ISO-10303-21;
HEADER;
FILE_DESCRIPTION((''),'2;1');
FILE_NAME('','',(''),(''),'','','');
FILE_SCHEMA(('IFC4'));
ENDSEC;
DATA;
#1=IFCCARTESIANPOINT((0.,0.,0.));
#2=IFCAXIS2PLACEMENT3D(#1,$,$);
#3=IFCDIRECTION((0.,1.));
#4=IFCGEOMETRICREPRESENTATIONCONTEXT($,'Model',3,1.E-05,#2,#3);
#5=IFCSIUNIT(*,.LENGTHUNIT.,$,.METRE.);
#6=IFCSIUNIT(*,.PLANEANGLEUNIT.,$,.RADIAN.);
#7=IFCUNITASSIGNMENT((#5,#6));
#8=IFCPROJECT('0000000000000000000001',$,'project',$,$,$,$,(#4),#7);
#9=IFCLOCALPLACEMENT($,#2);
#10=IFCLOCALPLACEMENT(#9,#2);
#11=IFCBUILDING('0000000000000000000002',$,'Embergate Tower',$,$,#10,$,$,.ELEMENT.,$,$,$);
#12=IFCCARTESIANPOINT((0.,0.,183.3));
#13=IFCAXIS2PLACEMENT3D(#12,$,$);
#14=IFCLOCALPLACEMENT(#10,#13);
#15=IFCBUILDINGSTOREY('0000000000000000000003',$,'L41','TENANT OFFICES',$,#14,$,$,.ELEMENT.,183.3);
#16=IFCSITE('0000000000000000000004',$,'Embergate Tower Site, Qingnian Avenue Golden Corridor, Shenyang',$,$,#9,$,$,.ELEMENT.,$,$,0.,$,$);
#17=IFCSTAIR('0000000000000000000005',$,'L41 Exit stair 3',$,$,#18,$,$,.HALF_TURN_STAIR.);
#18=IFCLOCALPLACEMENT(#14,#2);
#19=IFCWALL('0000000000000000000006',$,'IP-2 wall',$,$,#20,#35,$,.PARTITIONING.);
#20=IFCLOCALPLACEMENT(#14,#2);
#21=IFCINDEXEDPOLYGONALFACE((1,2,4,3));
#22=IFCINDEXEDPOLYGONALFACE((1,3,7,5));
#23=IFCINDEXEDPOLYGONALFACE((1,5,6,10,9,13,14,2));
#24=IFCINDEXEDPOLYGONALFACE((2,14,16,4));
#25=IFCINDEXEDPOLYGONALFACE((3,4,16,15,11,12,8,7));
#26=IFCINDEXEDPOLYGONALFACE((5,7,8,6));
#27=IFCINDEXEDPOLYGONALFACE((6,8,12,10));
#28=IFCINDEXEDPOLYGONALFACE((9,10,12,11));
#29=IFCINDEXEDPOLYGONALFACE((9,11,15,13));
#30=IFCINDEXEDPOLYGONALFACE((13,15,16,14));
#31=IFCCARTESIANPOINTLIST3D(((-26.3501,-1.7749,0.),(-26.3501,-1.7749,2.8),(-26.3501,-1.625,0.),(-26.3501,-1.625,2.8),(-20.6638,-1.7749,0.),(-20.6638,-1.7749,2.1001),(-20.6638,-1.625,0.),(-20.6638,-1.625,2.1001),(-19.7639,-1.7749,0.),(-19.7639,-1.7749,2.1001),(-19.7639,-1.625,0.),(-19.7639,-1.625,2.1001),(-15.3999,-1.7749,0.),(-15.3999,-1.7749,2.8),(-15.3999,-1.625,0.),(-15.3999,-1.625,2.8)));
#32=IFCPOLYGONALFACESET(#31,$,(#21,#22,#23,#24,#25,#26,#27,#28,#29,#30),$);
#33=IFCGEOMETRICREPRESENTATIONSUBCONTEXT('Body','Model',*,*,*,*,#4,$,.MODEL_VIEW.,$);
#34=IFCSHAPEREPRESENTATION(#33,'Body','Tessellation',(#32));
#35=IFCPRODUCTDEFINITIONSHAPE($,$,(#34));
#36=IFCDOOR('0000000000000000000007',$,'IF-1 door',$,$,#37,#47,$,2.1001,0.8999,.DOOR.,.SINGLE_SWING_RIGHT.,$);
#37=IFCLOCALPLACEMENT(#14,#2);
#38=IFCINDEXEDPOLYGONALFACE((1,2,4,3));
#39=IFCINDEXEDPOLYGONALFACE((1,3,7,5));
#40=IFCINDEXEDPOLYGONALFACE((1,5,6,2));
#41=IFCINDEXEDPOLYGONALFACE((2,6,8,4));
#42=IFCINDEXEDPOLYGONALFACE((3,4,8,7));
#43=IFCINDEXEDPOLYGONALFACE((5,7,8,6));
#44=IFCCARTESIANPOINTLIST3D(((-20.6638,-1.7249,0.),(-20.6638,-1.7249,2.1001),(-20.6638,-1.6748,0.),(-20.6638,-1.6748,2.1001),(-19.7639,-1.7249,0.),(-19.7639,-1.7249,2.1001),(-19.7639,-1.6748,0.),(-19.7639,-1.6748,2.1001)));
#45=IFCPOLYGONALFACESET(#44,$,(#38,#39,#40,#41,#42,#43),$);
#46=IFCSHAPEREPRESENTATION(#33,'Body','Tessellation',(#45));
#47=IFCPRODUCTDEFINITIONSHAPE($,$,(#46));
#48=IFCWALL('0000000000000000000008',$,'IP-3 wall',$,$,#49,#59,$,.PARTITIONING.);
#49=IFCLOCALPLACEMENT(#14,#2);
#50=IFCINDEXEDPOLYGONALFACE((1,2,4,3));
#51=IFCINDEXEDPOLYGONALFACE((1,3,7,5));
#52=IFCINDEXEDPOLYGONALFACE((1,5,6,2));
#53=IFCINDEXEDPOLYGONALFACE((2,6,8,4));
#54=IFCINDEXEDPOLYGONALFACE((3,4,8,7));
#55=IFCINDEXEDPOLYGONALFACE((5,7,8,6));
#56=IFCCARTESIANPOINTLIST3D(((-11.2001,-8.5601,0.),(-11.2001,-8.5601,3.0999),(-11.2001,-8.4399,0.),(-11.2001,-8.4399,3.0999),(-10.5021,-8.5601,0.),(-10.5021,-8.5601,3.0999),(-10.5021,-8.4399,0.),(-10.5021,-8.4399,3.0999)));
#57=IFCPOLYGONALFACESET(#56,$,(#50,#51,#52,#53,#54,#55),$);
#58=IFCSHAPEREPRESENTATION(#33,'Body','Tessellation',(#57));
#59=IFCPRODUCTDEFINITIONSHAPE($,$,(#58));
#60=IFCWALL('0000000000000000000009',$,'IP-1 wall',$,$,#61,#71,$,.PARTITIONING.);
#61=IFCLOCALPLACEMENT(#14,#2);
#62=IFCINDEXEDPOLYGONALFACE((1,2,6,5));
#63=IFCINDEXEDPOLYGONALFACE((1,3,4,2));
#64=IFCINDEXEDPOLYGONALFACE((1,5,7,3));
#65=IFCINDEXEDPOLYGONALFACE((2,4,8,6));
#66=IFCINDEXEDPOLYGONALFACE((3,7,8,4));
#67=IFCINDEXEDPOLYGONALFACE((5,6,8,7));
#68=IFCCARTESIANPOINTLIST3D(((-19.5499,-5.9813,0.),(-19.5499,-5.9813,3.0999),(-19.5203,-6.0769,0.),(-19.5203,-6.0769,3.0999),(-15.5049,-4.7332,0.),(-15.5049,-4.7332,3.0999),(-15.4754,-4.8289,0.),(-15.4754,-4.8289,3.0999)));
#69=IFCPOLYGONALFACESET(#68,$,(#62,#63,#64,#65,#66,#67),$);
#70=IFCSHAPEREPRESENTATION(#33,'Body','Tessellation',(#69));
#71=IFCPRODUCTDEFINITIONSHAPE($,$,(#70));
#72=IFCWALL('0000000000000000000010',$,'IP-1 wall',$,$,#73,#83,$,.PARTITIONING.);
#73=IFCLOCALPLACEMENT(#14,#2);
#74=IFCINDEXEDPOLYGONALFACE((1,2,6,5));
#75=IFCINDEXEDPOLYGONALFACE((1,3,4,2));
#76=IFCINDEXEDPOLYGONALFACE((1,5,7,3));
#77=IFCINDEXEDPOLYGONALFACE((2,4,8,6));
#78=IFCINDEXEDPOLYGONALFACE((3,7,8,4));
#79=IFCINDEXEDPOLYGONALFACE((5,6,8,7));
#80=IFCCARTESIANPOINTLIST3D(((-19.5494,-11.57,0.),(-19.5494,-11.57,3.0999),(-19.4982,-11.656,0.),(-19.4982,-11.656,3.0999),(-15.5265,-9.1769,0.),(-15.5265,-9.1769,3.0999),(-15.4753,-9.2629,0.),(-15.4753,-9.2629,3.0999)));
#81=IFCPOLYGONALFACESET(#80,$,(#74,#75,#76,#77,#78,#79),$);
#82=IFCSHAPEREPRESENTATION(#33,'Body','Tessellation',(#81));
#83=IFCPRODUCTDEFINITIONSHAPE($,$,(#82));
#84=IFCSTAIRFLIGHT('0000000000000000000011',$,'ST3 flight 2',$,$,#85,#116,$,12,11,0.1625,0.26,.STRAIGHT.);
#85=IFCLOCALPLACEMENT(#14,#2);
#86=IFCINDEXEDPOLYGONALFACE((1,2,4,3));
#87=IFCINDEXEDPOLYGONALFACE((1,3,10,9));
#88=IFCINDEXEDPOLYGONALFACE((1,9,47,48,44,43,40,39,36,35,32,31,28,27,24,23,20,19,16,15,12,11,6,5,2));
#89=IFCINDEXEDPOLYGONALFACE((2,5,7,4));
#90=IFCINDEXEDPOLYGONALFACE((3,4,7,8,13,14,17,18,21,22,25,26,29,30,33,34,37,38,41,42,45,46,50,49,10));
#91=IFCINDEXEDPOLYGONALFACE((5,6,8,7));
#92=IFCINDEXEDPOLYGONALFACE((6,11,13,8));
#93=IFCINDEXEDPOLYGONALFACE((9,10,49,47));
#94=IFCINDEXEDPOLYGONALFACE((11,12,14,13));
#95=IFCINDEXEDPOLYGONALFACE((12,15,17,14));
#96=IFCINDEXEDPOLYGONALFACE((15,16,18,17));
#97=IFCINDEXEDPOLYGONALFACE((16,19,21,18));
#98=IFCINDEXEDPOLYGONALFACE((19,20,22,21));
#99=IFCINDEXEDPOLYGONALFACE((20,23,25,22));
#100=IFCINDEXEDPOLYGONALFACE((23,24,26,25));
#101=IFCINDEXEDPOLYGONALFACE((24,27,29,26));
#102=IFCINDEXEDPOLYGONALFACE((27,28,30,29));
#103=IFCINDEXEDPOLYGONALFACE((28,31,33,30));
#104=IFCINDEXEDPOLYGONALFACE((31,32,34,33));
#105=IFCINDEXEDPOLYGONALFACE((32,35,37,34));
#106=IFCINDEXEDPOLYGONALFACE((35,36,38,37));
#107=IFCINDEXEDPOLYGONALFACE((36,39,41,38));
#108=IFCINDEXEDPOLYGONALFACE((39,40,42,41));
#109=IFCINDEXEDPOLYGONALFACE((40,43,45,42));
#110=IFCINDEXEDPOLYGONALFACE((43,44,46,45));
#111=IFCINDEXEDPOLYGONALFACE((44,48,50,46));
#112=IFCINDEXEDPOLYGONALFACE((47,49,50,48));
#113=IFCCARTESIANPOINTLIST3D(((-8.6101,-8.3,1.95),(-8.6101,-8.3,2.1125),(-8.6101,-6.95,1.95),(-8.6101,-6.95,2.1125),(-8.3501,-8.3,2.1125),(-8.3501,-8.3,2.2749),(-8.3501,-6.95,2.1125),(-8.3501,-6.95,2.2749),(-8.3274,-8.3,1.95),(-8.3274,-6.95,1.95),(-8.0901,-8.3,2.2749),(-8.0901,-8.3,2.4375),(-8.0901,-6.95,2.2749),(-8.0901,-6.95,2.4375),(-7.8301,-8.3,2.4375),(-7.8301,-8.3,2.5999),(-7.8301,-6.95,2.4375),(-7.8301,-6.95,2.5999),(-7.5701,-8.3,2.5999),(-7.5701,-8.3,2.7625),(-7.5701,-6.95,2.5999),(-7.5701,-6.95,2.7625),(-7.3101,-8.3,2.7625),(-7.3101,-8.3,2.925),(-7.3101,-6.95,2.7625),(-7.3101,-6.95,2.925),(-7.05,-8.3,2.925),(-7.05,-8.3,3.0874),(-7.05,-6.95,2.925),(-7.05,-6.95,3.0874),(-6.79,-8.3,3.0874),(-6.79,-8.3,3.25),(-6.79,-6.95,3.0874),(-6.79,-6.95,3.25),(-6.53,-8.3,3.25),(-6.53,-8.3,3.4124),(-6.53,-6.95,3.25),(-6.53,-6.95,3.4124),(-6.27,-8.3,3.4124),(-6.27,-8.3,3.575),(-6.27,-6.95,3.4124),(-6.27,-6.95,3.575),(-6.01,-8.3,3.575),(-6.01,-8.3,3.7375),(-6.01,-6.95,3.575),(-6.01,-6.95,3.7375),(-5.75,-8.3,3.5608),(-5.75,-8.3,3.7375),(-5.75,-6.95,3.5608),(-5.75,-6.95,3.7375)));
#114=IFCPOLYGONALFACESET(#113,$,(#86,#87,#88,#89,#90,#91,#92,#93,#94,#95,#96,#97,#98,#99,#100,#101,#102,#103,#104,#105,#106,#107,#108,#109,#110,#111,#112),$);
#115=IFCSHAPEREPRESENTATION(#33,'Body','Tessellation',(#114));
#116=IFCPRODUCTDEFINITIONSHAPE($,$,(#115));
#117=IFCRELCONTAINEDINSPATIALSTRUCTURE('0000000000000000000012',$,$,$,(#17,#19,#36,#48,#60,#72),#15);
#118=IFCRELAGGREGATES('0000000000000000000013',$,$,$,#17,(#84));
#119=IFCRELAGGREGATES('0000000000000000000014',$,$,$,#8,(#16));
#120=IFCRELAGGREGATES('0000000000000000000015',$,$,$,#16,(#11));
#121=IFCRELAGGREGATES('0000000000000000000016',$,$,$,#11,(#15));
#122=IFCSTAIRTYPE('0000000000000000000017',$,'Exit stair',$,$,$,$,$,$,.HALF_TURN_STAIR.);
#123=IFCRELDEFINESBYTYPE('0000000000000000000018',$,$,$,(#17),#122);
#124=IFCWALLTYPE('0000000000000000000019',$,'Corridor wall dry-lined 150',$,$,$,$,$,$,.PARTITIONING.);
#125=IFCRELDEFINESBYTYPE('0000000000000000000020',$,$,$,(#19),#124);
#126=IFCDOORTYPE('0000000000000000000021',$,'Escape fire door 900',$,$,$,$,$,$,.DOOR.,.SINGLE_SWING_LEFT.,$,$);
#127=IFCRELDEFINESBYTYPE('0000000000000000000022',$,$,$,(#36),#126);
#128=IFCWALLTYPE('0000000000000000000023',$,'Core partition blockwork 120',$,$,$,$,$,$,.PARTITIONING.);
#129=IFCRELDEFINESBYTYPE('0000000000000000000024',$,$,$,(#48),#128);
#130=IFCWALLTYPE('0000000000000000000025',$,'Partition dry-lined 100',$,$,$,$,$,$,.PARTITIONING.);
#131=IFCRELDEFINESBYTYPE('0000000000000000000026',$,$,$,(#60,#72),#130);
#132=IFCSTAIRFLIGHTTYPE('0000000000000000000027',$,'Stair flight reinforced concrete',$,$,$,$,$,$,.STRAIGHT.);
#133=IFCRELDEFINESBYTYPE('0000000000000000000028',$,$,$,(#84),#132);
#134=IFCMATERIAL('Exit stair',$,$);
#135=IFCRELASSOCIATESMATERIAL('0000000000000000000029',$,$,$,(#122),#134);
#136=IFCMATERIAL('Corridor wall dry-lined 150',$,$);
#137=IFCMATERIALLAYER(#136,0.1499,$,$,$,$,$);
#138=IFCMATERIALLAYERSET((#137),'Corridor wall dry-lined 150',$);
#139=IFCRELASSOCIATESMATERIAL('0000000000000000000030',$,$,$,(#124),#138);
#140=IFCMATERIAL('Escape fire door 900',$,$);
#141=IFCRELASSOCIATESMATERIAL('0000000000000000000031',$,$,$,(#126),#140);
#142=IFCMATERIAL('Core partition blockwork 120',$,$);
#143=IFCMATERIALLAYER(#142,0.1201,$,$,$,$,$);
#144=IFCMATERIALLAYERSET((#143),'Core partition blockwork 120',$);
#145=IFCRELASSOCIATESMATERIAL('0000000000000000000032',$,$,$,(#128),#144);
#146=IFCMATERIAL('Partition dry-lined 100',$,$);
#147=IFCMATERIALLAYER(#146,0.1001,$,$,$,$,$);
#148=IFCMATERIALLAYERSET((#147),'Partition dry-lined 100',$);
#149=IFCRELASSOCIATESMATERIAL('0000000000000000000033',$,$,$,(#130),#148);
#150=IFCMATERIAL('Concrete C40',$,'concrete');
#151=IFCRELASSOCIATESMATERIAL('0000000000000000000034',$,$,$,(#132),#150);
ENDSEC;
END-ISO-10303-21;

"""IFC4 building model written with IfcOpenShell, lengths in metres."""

from ifc_helpers import new_model, si_unit, direction, frame, frame_2d, origin, place, context, subcontext, project, spatial, polyline, rectangle, outline, extrude, source, transform, mapped, material, layer, layer_set, type_object, element, fill, aggregate, save


model = new_model("IFC4")

# Units and contexts
model_context = context("Model", 3, precision=1e-05, world=origin(), true_north=direction((0.0, 1.0)))
body_context = subcontext(model_context, "Body", "Model", "MODEL_VIEW")
ifc_project = project(units=[si_unit("LENGTHUNIT", "METRE"), si_unit("PLANEANGLEUNIT", "RADIAN")], contexts=[model_context])

# Site, building, storey
site_placement = place(None, origin())
site = spatial("IfcSite", under=ifc_project, at=site_placement, Name="Embergate Tower Site, Qingnian Avenue Golden Corridor, Shenyang", CompositionType="ELEMENT", RefElevation=0.0)
building_placement = place(site_placement, origin())
building = spatial("IfcBuilding", under=site, at=building_placement, Name="Embergate Tower", CompositionType="ELEMENT")
storey_placement = place(building_placement, frame((0.0, 0.0, 183.3)))
storey = spatial("IfcBuildingStorey", under=building, at=storey_placement, Name="L41", Description="TENANT OFFICES", CompositionType="ELEMENT", Elevation=183.3)

# Stair
ifc_material_1 = material(Name="Exit stair")
stair_type = type_object("IfcStairType", Name="Exit stair", PredefinedType="HALF_TURN_STAIR", material=ifc_material_1)
stair_placement = place(storey_placement, origin())
stair = element("IfcStair", 1, at=stair_placement, inside=storey, type_object=stair_type, Name="L41 Exit stair 3", PredefinedType="HALF_TURN_STAIR")
ifc_material_2 = material(Name="Concrete C40", Category="concrete")

# Wall, opening, door
ifc_material_3 = material(Name="Corridor wall dry-lined 150")
ifc_layer_1 = layer(ifc_material_3, 0.1499)
ifc_layer_set_1 = layer_set([ifc_layer_1], Name="Corridor wall dry-lined 150")
wall_type_1 = type_object("IfcWallType", Name="Corridor wall dry-lined 150", PredefinedType="PARTITIONING", material=ifc_layer_set_1)
shared_shape_1 = source(origin(), body_context, "Body", "SweptSolid", [
    extrude(rectangle(XDim=10.9502, YDim=0.1499, at=frame_2d((5.4751, 0.0))), origin(), (0.0, 0.0, 1.0), 2.8),
])
wall_1_placement = place(storey_placement, frame((-15.3999, -1.7, 0.0), z_axis=(0.0, 0.0, 1.0), x_axis=(-1.0, 0.0, 0.0)))
wall_1 = element("IfcWall", 2, at=wall_1_placement, inside=storey, type_object=wall_type_1, Name="IP-2 wall", PredefinedType="PARTITIONING", context=body_context, shape_type="MappedRepresentation", body=[
    mapped(shared_shape_1, transform((0.0, 0.0, 0.0))),
])
shared_shape_2 = source(origin(), body_context, "Body", "SweptSolid", [
    extrude(rectangle(XDim=0.8999, YDim=2.1001, at=frame_2d((0.45, 1.05))), frame((0.0, 0.085, 0.0), z_axis=(0.0, -1.0, 0.0), x_axis=(1.0, 0.0, 0.0)), (0.0, 0.0, 1.0), 0.1699),
])
opening_1_placement = place(wall_1_placement, frame((4.364, 0.0, 0.0)))
opening_1 = element("IfcOpeningElement", 3, at=opening_1_placement, cuts=wall_1, PredefinedType="OPENING", context=body_context, shape_type="MappedRepresentation", body=[
    mapped(shared_shape_2, transform((0.0, 0.0, 0.0))),
])
ifc_material_4 = material(Name="Escape fire door 900")
door_type_1 = type_object("IfcDoorType", Name="Escape fire door 900", OperationType="SINGLE_SWING_LEFT", PredefinedType="DOOR", material=ifc_material_4)
shared_shape_3 = source(origin(), body_context, "Body", "SweptSolid", [
    extrude(rectangle(XDim=0.8999, YDim=2.1001, at=frame_2d((0.45, 1.05))), frame((0.0, 0.0249, 0.0), z_axis=(0.0, -1.0, 0.0), x_axis=(1.0, 0.0, 0.0)), (0.0, 0.0, 1.0), 0.05),
])
door_1_placement = place(opening_1_placement, origin())
door_1 = element("IfcDoor", 4, at=door_1_placement, inside=storey, type_object=door_type_1, Name="IF-1 door", OperationType="SINGLE_SWING_RIGHT", OverallHeight=2.1001, OverallWidth=0.8999, PredefinedType="DOOR", context=body_context, shape_type="MappedRepresentation", body=[
    mapped(shared_shape_3, transform((0.0, 0.0, 0.0))),
])
fill(opening_1, door_1)

# Walls
ifc_material_5 = material(Name="Core partition blockwork 120")
ifc_layer_2 = layer(ifc_material_5, 0.1201)
ifc_layer_set_2 = layer_set([ifc_layer_2], Name="Core partition blockwork 120")
wall_type_2 = type_object("IfcWallType", Name="Core partition blockwork 120", PredefinedType="PARTITIONING", material=ifc_layer_set_2)
shared_shape_4 = source(origin(), body_context, "Body", "SweptSolid", [
    extrude(rectangle(XDim=0.698, YDim=0.1201, at=frame_2d((0.3491, 0.0))), origin(), (0.0, 0.0, 1.0), 3.0999),
])
wall_2_placement = place(storey_placement, frame((-10.502, -8.5, 0.0), z_axis=(0.0, 0.0, 1.0), x_axis=(-1.0, 0.0, 0.0)))
element("IfcWall", 5, at=wall_2_placement, inside=storey, type_object=wall_type_2, Name="IP-3 wall", PredefinedType="PARTITIONING", context=body_context, shape_type="MappedRepresentation", body=[
    mapped(shared_shape_4, transform((0.0, 0.0, 0.0))),
])
ifc_material_6 = material(Name="Partition dry-lined 100")
ifc_layer_3 = layer(ifc_material_6, 0.1001)
ifc_layer_set_3 = layer_set([ifc_layer_3], Name="Partition dry-lined 100")
wall_type_3 = type_object("IfcWallType", Name="Partition dry-lined 100", PredefinedType="PARTITIONING", material=ifc_layer_set_3)
shared_shape_5 = source(origin(), body_context, "Body", "SweptSolid", [
    extrude(rectangle(XDim=4.2332, YDim=0.1001, at=frame_2d((2.1167, 0.0))), origin(), (0.0, 0.0, 1.0), 3.0999),
])
wall_3_placement = place(storey_placement, frame((-15.49, -4.781, 0.0), z_axis=(0.0, 0.0, 1.0), x_axis=(-0.955549, -0.294831, 0.0)))
element("IfcWall", 6, at=wall_3_placement, inside=storey, type_object=wall_type_3, Name="IP-1 wall", PredefinedType="PARTITIONING", context=body_context, shape_type="MappedRepresentation", body=[
    mapped(shared_shape_5, transform((0.0, 0.0, 0.0))),
])
shared_shape_6 = source(origin(), body_context, "Body", "SweptSolid", [
    extrude(rectangle(XDim=4.6809, YDim=0.1001, at=frame_2d((2.3403, 0.0))), origin(), (0.0, 0.0, 1.0), 3.0999),
])
wall_4_placement = place(storey_placement, frame((-15.501, -9.22, 0.0), z_axis=(0.0, 0.0, 1.0), x_axis=(-0.859438, -0.51124, 0.0)))
element("IfcWall", 7, at=wall_4_placement, inside=storey, type_object=wall_type_3, Name="IP-1 wall", PredefinedType="PARTITIONING", context=body_context, shape_type="MappedRepresentation", body=[
    mapped(shared_shape_6, transform((0.0, 0.0, 0.0))),
])

# Stair flight
stair_flight_type = type_object("IfcStairFlightType", Name="Stair flight reinforced concrete", PredefinedType="STRAIGHT", material=ifc_material_2)
shared_shape_7 = source(origin(), body_context, "Body", "SweptSolid", [
    extrude(outline(polyline([(0.0, 0.0), (0.0, 0.1626), (0.26, 0.1626), (0.26, 0.325), (0.52, 0.325), (0.52, 0.4875), (0.78, 0.4875), (0.78, 0.6499), (1.04, 0.6499), (1.04, 0.8125), (1.3, 0.8125), (1.3, 0.9751), (1.5601, 0.9751), (1.5601, 1.1375), (1.8201, 1.1375), (1.8201, 1.3), (2.0801, 1.3), (2.0801, 1.4624), (2.3401, 1.4624), (2.3401, 1.625), (2.6001, 1.625), (2.6001, 1.7876), (2.8601, 1.7876), (2.8601, 1.95), (2.8601, 1.6108), (0.2827, 0.0), (0.0, 0.0)])), frame((0.0, 0.675, 0.0), z_axis=(0.0, -1.0, 0.0), x_axis=(1.0, 0.0, 0.0)), (0.0, 0.0, 1.0), 1.3501),
])
stair_flight_placement = place(storey_placement, frame((-8.6101, -7.625, 1.95), z_axis=(0.0, 0.0, 1.0), x_axis=(1.0, 0.0, 0.0)))
stair_flight = element("IfcStairFlight", 8, at=stair_flight_placement, type_object=stair_flight_type, Name="ST3 flight 2", NumberOfRisers=12, NumberOfTreads=11, PredefinedType="STRAIGHT", RiserHeight=0.1625, TreadLength=0.26, context=body_context, shape_type="MappedRepresentation", body=[
    mapped(shared_shape_7, transform((0.0, 0.0, 0.0))),
])
aggregate(stair, [stair_flight])

save(model, "model.ifc")
